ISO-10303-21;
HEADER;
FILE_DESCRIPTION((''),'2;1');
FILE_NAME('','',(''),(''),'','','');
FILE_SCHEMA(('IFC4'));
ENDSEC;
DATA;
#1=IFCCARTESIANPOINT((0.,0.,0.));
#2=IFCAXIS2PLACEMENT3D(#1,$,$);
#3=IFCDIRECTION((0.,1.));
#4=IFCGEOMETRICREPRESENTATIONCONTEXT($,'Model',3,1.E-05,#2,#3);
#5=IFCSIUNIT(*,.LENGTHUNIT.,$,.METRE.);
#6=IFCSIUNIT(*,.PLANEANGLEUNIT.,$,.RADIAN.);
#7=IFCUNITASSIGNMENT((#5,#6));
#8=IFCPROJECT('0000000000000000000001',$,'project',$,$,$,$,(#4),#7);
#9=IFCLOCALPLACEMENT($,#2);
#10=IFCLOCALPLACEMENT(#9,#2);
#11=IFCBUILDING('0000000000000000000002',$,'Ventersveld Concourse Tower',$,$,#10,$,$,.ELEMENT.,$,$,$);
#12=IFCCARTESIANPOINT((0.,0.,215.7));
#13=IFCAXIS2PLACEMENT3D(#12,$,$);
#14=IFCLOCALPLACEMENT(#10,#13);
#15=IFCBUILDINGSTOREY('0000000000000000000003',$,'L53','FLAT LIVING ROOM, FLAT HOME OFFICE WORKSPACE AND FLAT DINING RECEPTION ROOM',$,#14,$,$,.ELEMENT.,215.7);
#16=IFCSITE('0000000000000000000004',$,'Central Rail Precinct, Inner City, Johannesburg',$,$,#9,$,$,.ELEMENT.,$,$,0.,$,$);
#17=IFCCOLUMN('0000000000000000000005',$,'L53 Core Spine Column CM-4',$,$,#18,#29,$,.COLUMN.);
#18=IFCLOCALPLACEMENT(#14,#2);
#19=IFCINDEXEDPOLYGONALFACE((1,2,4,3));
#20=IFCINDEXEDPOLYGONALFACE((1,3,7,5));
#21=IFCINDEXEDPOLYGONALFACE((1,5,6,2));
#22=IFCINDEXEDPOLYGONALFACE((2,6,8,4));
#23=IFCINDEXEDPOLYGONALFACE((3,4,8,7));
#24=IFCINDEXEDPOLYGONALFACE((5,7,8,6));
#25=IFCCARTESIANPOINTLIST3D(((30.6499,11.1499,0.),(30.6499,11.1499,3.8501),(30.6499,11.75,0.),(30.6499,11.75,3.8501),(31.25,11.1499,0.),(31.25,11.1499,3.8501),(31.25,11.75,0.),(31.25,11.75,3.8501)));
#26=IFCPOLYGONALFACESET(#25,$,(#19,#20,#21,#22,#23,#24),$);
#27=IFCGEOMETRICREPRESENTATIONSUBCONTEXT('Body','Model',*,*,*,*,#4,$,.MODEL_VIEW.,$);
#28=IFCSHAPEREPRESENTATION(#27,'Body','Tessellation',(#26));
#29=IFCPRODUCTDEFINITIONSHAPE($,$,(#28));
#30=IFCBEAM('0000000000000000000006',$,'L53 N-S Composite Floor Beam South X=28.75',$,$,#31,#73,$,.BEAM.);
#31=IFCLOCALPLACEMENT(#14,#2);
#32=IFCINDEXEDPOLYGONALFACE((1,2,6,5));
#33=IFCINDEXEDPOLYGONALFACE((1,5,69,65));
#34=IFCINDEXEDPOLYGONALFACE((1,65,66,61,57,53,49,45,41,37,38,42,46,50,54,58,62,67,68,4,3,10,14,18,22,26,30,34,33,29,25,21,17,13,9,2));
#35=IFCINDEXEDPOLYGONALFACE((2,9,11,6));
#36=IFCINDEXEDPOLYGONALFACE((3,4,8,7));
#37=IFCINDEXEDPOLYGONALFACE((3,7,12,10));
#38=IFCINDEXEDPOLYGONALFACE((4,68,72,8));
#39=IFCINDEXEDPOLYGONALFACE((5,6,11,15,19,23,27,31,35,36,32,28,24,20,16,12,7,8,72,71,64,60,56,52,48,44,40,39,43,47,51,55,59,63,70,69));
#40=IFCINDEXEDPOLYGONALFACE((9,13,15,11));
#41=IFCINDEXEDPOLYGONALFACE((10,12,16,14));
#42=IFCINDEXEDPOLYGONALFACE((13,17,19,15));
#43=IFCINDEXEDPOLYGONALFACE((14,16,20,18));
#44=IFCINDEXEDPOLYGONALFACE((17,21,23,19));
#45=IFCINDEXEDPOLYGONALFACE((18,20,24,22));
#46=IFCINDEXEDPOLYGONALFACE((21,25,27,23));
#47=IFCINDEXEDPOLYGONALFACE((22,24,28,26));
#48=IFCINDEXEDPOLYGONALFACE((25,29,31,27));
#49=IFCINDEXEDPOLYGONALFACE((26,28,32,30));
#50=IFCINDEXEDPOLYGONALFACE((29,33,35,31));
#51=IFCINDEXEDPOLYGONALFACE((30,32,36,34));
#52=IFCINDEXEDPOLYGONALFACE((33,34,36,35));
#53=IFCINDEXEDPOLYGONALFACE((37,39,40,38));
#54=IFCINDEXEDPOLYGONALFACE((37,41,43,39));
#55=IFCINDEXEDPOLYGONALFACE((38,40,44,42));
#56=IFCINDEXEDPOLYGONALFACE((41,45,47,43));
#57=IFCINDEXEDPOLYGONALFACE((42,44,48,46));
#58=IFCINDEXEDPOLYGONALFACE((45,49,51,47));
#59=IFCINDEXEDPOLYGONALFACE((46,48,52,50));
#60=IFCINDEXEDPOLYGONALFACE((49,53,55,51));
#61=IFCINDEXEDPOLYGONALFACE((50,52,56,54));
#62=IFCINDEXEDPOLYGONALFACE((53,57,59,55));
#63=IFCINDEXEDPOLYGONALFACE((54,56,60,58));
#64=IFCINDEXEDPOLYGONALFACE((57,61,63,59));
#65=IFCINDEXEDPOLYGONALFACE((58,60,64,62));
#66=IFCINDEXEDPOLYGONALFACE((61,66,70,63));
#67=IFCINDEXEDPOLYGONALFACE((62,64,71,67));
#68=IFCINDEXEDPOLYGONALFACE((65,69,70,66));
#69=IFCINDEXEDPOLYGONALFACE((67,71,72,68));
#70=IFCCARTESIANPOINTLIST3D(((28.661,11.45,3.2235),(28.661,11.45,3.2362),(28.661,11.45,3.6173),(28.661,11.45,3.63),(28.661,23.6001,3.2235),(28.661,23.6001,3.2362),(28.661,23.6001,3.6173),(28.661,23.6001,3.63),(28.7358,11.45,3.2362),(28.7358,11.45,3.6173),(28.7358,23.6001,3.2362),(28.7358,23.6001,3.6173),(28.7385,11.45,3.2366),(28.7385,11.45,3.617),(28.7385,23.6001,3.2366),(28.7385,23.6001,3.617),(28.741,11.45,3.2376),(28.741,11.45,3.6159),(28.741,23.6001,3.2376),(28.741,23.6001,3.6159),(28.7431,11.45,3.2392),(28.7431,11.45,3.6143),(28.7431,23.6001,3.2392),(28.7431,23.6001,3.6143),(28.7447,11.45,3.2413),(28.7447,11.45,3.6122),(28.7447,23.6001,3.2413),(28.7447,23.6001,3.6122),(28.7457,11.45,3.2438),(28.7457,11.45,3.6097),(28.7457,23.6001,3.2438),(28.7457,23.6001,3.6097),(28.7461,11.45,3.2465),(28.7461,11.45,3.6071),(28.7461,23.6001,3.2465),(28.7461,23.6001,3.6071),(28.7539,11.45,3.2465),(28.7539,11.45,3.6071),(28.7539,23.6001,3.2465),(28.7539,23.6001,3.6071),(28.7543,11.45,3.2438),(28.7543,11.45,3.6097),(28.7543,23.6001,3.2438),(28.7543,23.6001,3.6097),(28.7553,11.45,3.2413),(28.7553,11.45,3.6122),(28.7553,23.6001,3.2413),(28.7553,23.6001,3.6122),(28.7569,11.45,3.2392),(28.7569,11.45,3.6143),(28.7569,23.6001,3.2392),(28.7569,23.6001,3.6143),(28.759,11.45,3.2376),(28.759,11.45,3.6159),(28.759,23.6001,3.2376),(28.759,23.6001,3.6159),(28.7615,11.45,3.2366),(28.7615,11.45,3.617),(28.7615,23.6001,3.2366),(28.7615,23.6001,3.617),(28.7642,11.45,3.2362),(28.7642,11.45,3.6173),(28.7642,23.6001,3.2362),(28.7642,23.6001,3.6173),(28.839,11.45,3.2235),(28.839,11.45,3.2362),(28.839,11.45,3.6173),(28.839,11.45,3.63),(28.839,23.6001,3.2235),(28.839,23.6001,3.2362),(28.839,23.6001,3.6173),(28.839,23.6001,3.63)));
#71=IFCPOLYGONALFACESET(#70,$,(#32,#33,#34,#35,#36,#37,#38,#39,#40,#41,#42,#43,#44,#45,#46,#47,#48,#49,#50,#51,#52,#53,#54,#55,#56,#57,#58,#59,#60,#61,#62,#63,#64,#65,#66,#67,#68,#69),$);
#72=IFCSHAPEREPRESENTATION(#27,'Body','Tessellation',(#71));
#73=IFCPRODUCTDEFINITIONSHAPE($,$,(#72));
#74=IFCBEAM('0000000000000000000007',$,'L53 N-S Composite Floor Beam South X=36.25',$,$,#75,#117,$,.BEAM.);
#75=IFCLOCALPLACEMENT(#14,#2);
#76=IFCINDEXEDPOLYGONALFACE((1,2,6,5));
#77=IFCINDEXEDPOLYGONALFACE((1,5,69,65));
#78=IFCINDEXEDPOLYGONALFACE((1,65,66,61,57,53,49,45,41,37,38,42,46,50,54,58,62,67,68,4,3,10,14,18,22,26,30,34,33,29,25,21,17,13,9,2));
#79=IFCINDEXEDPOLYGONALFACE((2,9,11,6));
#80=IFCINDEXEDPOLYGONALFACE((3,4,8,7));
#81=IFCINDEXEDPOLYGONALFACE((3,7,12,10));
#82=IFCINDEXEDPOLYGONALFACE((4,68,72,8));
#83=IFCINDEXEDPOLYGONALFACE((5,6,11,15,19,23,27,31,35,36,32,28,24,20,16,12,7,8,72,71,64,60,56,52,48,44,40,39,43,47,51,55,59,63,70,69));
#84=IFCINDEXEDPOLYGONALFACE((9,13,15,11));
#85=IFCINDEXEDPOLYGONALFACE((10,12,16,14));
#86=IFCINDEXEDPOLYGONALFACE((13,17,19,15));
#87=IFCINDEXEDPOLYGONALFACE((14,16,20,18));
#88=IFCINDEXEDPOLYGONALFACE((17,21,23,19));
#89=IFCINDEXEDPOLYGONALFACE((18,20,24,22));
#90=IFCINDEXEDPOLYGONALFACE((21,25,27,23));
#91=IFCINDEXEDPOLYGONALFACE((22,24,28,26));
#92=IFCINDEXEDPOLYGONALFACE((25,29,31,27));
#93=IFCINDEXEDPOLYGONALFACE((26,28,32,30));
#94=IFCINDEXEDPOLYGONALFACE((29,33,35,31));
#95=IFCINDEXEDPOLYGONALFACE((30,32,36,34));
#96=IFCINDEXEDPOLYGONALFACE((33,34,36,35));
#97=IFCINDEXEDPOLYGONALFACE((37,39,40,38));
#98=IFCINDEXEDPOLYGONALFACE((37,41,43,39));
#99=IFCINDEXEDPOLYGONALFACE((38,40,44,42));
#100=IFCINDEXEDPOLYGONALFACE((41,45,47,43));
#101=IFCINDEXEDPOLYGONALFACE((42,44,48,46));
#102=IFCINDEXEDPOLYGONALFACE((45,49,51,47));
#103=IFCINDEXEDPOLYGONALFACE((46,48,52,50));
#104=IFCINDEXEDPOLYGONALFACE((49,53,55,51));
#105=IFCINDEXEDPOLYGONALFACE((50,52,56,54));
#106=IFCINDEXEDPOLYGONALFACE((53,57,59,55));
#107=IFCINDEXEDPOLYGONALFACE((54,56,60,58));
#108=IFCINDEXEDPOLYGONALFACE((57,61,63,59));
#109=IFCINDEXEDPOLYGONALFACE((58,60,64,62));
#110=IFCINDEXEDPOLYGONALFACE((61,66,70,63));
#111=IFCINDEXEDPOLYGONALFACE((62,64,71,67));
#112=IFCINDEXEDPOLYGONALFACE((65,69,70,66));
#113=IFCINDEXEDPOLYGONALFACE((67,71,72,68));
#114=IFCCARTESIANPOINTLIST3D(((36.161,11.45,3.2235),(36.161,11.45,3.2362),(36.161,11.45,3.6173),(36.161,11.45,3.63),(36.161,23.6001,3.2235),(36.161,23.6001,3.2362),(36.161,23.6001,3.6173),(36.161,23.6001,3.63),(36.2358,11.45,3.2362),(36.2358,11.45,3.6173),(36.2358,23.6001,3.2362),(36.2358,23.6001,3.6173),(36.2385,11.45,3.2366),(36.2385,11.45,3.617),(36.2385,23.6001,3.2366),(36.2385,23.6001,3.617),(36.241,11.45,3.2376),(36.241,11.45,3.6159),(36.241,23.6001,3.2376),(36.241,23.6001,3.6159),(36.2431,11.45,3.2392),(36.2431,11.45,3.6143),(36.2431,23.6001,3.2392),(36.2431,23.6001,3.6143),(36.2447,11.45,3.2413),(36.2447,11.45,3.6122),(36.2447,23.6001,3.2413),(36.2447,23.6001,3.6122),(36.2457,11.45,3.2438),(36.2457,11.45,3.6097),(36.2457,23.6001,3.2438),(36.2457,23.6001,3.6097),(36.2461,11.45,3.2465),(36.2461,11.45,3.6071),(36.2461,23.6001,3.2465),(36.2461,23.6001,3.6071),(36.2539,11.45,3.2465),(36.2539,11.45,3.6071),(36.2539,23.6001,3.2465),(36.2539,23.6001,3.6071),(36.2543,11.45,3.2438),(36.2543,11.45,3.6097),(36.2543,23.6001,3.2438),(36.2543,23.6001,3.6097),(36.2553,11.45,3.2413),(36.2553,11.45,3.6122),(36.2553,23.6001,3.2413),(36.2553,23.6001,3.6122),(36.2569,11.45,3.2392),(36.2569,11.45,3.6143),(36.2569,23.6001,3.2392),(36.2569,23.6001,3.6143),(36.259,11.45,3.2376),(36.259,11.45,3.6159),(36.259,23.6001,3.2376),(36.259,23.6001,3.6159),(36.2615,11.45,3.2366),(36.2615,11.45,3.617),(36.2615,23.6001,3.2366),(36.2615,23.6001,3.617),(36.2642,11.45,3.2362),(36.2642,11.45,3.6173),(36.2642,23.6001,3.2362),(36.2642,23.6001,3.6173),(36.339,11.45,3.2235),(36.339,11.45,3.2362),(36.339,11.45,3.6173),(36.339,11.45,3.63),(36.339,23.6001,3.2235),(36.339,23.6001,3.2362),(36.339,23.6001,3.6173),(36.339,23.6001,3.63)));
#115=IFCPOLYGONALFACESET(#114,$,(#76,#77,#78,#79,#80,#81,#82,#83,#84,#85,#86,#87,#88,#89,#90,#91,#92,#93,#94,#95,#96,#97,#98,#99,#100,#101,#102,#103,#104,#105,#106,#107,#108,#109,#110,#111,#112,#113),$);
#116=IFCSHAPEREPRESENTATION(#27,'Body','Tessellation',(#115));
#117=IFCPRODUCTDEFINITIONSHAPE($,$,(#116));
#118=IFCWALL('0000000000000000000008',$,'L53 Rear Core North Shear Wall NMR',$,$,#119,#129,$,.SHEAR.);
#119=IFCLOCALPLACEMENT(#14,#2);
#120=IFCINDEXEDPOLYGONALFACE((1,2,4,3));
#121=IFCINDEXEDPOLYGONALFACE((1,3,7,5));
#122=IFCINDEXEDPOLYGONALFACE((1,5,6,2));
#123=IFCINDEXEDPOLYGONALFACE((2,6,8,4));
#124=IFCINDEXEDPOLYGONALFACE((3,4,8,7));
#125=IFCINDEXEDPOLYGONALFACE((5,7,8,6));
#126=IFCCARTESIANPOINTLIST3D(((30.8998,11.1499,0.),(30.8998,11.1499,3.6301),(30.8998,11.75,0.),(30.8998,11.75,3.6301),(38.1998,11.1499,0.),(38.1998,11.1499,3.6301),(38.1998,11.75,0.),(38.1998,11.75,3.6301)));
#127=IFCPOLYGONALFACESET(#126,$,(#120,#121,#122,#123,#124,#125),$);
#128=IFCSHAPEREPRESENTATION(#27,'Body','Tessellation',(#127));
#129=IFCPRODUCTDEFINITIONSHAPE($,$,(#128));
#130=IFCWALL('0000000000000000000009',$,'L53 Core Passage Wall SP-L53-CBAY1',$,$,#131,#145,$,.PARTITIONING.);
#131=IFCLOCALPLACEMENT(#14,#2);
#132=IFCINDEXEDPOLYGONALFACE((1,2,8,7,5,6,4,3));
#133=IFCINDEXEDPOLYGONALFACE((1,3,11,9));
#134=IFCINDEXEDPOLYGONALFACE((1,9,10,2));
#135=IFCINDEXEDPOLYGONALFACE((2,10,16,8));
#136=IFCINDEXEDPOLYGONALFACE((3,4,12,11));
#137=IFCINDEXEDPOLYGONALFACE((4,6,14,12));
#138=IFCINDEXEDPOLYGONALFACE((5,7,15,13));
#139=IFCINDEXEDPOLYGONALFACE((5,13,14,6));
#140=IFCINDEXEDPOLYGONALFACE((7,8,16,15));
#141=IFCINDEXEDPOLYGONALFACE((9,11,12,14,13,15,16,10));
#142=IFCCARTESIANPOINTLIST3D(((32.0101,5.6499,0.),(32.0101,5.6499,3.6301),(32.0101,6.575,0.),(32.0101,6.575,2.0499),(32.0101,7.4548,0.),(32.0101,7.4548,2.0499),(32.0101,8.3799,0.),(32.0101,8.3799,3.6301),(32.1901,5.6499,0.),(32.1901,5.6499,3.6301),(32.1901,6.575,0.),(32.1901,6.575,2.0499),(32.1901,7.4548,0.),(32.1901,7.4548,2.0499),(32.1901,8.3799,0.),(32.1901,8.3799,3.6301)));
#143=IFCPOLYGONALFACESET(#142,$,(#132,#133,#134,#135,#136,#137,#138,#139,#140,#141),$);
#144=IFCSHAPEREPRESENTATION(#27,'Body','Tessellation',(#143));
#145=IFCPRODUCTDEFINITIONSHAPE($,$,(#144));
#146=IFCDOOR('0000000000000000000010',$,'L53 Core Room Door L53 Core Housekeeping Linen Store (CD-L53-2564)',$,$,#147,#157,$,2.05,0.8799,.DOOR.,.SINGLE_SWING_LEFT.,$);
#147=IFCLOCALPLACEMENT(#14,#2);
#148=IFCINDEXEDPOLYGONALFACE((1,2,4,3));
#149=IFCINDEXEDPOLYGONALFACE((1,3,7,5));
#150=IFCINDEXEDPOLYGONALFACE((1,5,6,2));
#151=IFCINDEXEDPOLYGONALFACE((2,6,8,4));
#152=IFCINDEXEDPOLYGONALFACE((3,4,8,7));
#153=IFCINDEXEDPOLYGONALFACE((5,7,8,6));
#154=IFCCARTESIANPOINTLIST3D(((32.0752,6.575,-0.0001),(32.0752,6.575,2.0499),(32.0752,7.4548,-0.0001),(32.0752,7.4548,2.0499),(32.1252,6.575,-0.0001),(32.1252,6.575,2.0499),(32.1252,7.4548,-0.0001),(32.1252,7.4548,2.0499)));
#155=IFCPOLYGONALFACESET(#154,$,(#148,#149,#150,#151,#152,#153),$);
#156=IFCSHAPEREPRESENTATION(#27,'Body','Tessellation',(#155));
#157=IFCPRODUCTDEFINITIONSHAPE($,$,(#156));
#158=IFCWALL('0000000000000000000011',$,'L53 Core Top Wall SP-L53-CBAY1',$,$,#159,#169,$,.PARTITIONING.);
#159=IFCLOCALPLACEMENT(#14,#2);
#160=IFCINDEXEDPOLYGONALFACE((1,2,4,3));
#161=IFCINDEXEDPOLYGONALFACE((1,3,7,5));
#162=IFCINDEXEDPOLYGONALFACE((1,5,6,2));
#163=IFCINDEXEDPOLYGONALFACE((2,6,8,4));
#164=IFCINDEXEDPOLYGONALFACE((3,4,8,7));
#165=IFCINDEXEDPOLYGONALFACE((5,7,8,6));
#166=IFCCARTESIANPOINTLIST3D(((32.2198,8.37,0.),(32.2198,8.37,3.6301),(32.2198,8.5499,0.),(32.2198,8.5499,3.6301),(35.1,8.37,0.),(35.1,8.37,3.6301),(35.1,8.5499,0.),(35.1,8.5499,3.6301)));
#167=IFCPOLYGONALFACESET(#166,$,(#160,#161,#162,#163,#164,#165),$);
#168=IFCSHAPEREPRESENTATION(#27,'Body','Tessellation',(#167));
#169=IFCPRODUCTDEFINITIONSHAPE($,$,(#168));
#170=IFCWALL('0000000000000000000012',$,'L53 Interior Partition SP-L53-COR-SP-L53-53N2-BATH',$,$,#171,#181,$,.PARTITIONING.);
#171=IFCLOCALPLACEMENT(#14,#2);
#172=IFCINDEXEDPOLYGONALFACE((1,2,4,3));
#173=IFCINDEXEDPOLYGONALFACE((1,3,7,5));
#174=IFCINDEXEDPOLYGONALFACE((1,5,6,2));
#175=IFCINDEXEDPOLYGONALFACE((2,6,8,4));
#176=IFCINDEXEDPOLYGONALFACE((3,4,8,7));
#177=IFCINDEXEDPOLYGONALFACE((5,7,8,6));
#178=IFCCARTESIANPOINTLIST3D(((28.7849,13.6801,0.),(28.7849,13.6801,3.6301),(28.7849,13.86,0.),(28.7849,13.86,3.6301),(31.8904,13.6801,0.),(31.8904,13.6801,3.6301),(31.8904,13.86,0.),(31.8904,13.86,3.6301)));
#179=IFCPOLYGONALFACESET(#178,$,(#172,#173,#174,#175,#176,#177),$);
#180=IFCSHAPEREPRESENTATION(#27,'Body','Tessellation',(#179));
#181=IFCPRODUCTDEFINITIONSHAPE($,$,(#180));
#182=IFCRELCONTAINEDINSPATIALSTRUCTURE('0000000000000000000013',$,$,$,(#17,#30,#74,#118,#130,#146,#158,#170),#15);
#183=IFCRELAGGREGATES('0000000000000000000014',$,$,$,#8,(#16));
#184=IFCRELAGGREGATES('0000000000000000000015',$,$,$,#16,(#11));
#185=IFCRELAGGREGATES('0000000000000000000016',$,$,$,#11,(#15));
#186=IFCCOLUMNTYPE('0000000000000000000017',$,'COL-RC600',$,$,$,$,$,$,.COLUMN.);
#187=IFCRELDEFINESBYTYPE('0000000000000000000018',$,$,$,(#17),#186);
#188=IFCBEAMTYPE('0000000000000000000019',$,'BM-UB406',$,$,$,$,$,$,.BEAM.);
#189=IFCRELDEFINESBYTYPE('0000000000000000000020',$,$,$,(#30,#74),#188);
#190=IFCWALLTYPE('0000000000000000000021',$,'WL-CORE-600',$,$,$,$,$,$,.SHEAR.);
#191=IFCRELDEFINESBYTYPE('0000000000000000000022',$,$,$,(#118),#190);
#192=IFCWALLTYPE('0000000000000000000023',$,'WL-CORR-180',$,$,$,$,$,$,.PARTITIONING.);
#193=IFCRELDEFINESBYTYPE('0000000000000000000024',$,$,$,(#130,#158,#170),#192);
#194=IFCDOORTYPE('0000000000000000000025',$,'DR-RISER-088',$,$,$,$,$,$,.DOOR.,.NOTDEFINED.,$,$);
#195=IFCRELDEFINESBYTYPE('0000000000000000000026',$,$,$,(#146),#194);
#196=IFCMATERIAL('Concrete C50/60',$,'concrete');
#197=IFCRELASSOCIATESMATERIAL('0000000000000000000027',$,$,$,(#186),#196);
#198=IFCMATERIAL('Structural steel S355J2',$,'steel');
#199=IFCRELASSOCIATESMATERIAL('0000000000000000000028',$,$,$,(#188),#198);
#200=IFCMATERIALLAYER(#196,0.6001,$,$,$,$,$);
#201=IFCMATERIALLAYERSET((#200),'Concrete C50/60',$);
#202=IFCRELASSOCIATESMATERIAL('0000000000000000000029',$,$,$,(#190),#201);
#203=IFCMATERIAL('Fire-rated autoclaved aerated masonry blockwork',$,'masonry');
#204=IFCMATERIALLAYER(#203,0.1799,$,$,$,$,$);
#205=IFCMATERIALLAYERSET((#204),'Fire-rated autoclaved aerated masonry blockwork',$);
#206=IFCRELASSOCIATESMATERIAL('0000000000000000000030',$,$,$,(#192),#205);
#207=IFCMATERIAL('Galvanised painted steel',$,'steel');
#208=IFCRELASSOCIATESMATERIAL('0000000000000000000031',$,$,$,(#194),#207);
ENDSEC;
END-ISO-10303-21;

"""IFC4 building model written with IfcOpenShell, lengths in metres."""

from ifc_helpers import new_model, si_unit, direction, frame, frame_2d, origin, origin_2d, place, context, subcontext, project, spatial, rectangle, i_section, extrude, material, layer, layer_set, material_profile, profile_set, type_object, element, fill, save


model = new_model("IFC4")

# Units and contexts
model_context = context("Model", 3, precision=1e-05, world=origin(), true_north=direction((0.0, 1.0)))
body_context = subcontext(model_context, "Body", "Model", "MODEL_VIEW")
ifc_project = project(units=[si_unit("LENGTHUNIT", "METRE"), si_unit("PLANEANGLEUNIT", "RADIAN")], contexts=[model_context])

# Site, building, storey
site_placement = place(None, origin())
site = spatial("IfcSite", under=ifc_project, at=site_placement, Name="Central Rail Precinct, Inner City, Johannesburg", CompositionType="ELEMENT", RefElevation=0.0)
building_placement = place(site_placement, origin())
building = spatial("IfcBuilding", under=site, at=building_placement, Name="Ventersveld Concourse Tower", CompositionType="ELEMENT")
storey_placement = place(building_placement, frame((0.0, 0.0, 215.7)))
storey = spatial("IfcBuildingStorey", under=building, at=storey_placement, Name="L53", Description="FLAT LIVING ROOM, FLAT HOME OFFICE WORKSPACE AND FLAT DINING RECEPTION ROOM", CompositionType="ELEMENT", Elevation=215.7)

# Column
ifc_material_1 = material(Name="Concrete C50/60", Category="concrete")
ifc_material_profile_1 = material_profile(ifc_material_1, rectangle(XDim=0.6001, YDim=0.6001, at=origin_2d()), Name="RC 600x600")
ifc_profile_set_1 = profile_set([ifc_material_profile_1], Name="Concrete C50/60")
column_type = type_object("IfcColumnType", Name="COL-RC600", PredefinedType="COLUMN", material=ifc_profile_set_1)
column_placement = place(storey_placement, frame((30.95, 11.45, 0.0), z_axis=(0.0, 0.0, 1.0), x_axis=(1.0, 0.0, 0.0)))
element("IfcColumn", 1, at=column_placement, inside=storey, type_object=column_type, Name="L53 Core Spine Column CM-4", PredefinedType="COLUMN", context=body_context, shape_type="SweptSolid", body=[
    extrude(rectangle(XDim=0.6001, YDim=0.6001, at=origin_2d()), origin(), (0.0, 0.0, 1.0), 3.8501),
])

# Beams
ifc_material_2 = material(Name="Structural steel S355J2", Category="steel")
ifc_material_profile_2 = material_profile(ifc_material_2, i_section(OverallWidth=0.178, OverallDepth=0.4065, WebThickness=0.0078, FlangeThickness=0.0127, FilletRadius=0.0103, at=origin_2d()), Name="UB 406x178x60")
ifc_profile_set_2 = profile_set([ifc_material_profile_2], Name="Structural steel S355J2")
beam_type = type_object("IfcBeamType", Name="BM-UB406", PredefinedType="BEAM", material=ifc_profile_set_2)
for number, where, z_axis, x_axis, name in (
    (2, (28.75, 11.45, 3.4268), (0.0, 1.0, 0.0), (-1.0, 0.0, 0.0), "L53 N-S Composite Floor Beam South X=28.75"),
    (3, (36.25, 11.45, 3.4268), (0.0, 1.0, 0.0), (-1.0, 0.0, 0.0), "L53 N-S Composite Floor Beam South X=36.25"),
):
    element("IfcBeam", number, at=place(storey_placement, frame(where, z_axis=z_axis, x_axis=x_axis)), inside=storey, type_object=beam_type, Name=name, PredefinedType="BEAM", context=body_context, shape_type="SweptSolid", body=[
        extrude(i_section(OverallWidth=0.178, OverallDepth=0.4065, WebThickness=0.0078, FlangeThickness=0.0127, FilletRadius=0.0103, at=origin_2d()), origin(), (0.0, 0.0, 1.0), 12.1501),
    ])

# Wall
ifc_layer_1 = layer(ifc_material_1, 0.6001)
ifc_layer_set_1 = layer_set([ifc_layer_1], Name="Concrete C50/60")
wall_type_1 = type_object("IfcWallType", Name="WL-CORE-600", PredefinedType="SHEAR", material=ifc_layer_set_1)
wall_1_placement = place(storey_placement, frame((30.8999, 11.45, 0.0), z_axis=(0.0, 0.0, 1.0), x_axis=(1.0, 0.0, 0.0)))
element("IfcWall", 4, at=wall_1_placement, inside=storey, type_object=wall_type_1, Name="L53 Rear Core North Shear Wall NMR", PredefinedType="SHEAR", context=body_context, shape_type="SweptSolid", body=[
    extrude(rectangle(XDim=7.3, YDim=0.6001, at=frame_2d((3.6499, 0.0))), origin(), (0.0, 0.0, 1.0), 3.6301),
])

# Wall, opening, door
ifc_material_3 = material(Name="Fire-rated autoclaved aerated masonry blockwork", Category="masonry")
ifc_layer_2 = layer(ifc_material_3, 0.1799)
ifc_layer_set_2 = layer_set([ifc_layer_2], Name="Fire-rated autoclaved aerated masonry blockwork")
wall_type_2 = type_object("IfcWallType", Name="WL-CORR-180", PredefinedType="PARTITIONING", material=ifc_layer_set_2)
wall_2_placement = place(storey_placement, frame((32.1001, 5.6499, 0.0), z_axis=(0.0, 0.0, 1.0), x_axis=(0.0, 1.0, 0.0)))
wall_2 = element("IfcWall", 5, at=wall_2_placement, inside=storey, type_object=wall_type_2, Name="L53 Core Passage Wall SP-L53-CBAY1", PredefinedType="PARTITIONING", context=body_context, shape_type="SweptSolid", body=[
    extrude(rectangle(XDim=2.73, YDim=0.1799, at=frame_2d((1.365, 0.0))), origin(), (0.0, 0.0, 1.0), 3.6301),
])
opening_1_placement = place(wall_2_placement, frame((0.925, 0.0, 0.0)))
opening_1 = element("IfcOpeningElement", 6, at=opening_1_placement, cuts=wall_2, PredefinedType="OPENING", context=body_context, shape_type="SweptSolid", body=[
    extrude(rectangle(XDim=0.8799, YDim=2.05, at=frame_2d((0.4399, 1.0249))), frame((0.0, 0.1001, 0.0), z_axis=(0.0, -1.0, 0.0), x_axis=(1.0, 0.0, 0.0)), (0.0, 0.0, 1.0), 0.2),
])
ifc_material_4 = material(Name="Galvanised painted steel", Category="steel")
door_type_1 = type_object("IfcDoorType", Name="DR-RISER-088", OperationType="NOTDEFINED", PredefinedType="DOOR", material=ifc_material_4)
door_1_placement = place(opening_1_placement, origin())
door_1 = element("IfcDoor", 7, at=door_1_placement, inside=storey, type_object=door_type_1, Name="L53 Core Room Door L53 Core Housekeeping Linen Store (CD-L53-2564)", OperationType="SINGLE_SWING_LEFT", OverallHeight=2.05, OverallWidth=0.8799, PredefinedType="DOOR", context=body_context, shape_type="SweptSolid", body=[
    extrude(rectangle(XDim=0.8799, YDim=2.05, at=frame_2d((0.4399, 1.0249))), frame((0.0, 0.0249, 0.0), z_axis=(0.0, -1.0, 0.0), x_axis=(1.0, 0.0, 0.0)), (0.0, 0.0, 1.0), 0.05),
])
fill(opening_1, door_1)

# Wall
wall_3_placement = place(storey_placement, frame((32.22, 8.46, 0.0), z_axis=(0.0, 0.0, 1.0), x_axis=(1.0, 0.0, 0.0)))
element("IfcWall", 8, at=wall_3_placement, inside=storey, type_object=wall_type_2, Name="L53 Core Top Wall SP-L53-CBAY1", PredefinedType="PARTITIONING", context=body_context, shape_type="SweptSolid", body=[
    extrude(rectangle(XDim=2.8801, YDim=0.1799, at=frame_2d((1.4399, 0.0))), origin(), (0.0, 0.0, 1.0), 3.6301),
])

# Wall
wall_4_placement = place(storey_placement, frame((28.7849, 13.77, 0.0), z_axis=(0.0, 0.0, 1.0), x_axis=(1.0, 0.0, 0.0)))
element("IfcWall", 9, at=wall_4_placement, inside=storey, type_object=wall_type_2, Name="L53 Interior Partition SP-L53-COR-SP-L53-53N2-BATH", PredefinedType="PARTITIONING", context=body_context, shape_type="SweptSolid", body=[
    extrude(rectangle(XDim=3.1055, YDim=0.1799, at=frame_2d((1.5527, 0.0))), origin(), (0.0, 0.0, 1.0), 3.6301),
])

save(model, "model.ifc")
